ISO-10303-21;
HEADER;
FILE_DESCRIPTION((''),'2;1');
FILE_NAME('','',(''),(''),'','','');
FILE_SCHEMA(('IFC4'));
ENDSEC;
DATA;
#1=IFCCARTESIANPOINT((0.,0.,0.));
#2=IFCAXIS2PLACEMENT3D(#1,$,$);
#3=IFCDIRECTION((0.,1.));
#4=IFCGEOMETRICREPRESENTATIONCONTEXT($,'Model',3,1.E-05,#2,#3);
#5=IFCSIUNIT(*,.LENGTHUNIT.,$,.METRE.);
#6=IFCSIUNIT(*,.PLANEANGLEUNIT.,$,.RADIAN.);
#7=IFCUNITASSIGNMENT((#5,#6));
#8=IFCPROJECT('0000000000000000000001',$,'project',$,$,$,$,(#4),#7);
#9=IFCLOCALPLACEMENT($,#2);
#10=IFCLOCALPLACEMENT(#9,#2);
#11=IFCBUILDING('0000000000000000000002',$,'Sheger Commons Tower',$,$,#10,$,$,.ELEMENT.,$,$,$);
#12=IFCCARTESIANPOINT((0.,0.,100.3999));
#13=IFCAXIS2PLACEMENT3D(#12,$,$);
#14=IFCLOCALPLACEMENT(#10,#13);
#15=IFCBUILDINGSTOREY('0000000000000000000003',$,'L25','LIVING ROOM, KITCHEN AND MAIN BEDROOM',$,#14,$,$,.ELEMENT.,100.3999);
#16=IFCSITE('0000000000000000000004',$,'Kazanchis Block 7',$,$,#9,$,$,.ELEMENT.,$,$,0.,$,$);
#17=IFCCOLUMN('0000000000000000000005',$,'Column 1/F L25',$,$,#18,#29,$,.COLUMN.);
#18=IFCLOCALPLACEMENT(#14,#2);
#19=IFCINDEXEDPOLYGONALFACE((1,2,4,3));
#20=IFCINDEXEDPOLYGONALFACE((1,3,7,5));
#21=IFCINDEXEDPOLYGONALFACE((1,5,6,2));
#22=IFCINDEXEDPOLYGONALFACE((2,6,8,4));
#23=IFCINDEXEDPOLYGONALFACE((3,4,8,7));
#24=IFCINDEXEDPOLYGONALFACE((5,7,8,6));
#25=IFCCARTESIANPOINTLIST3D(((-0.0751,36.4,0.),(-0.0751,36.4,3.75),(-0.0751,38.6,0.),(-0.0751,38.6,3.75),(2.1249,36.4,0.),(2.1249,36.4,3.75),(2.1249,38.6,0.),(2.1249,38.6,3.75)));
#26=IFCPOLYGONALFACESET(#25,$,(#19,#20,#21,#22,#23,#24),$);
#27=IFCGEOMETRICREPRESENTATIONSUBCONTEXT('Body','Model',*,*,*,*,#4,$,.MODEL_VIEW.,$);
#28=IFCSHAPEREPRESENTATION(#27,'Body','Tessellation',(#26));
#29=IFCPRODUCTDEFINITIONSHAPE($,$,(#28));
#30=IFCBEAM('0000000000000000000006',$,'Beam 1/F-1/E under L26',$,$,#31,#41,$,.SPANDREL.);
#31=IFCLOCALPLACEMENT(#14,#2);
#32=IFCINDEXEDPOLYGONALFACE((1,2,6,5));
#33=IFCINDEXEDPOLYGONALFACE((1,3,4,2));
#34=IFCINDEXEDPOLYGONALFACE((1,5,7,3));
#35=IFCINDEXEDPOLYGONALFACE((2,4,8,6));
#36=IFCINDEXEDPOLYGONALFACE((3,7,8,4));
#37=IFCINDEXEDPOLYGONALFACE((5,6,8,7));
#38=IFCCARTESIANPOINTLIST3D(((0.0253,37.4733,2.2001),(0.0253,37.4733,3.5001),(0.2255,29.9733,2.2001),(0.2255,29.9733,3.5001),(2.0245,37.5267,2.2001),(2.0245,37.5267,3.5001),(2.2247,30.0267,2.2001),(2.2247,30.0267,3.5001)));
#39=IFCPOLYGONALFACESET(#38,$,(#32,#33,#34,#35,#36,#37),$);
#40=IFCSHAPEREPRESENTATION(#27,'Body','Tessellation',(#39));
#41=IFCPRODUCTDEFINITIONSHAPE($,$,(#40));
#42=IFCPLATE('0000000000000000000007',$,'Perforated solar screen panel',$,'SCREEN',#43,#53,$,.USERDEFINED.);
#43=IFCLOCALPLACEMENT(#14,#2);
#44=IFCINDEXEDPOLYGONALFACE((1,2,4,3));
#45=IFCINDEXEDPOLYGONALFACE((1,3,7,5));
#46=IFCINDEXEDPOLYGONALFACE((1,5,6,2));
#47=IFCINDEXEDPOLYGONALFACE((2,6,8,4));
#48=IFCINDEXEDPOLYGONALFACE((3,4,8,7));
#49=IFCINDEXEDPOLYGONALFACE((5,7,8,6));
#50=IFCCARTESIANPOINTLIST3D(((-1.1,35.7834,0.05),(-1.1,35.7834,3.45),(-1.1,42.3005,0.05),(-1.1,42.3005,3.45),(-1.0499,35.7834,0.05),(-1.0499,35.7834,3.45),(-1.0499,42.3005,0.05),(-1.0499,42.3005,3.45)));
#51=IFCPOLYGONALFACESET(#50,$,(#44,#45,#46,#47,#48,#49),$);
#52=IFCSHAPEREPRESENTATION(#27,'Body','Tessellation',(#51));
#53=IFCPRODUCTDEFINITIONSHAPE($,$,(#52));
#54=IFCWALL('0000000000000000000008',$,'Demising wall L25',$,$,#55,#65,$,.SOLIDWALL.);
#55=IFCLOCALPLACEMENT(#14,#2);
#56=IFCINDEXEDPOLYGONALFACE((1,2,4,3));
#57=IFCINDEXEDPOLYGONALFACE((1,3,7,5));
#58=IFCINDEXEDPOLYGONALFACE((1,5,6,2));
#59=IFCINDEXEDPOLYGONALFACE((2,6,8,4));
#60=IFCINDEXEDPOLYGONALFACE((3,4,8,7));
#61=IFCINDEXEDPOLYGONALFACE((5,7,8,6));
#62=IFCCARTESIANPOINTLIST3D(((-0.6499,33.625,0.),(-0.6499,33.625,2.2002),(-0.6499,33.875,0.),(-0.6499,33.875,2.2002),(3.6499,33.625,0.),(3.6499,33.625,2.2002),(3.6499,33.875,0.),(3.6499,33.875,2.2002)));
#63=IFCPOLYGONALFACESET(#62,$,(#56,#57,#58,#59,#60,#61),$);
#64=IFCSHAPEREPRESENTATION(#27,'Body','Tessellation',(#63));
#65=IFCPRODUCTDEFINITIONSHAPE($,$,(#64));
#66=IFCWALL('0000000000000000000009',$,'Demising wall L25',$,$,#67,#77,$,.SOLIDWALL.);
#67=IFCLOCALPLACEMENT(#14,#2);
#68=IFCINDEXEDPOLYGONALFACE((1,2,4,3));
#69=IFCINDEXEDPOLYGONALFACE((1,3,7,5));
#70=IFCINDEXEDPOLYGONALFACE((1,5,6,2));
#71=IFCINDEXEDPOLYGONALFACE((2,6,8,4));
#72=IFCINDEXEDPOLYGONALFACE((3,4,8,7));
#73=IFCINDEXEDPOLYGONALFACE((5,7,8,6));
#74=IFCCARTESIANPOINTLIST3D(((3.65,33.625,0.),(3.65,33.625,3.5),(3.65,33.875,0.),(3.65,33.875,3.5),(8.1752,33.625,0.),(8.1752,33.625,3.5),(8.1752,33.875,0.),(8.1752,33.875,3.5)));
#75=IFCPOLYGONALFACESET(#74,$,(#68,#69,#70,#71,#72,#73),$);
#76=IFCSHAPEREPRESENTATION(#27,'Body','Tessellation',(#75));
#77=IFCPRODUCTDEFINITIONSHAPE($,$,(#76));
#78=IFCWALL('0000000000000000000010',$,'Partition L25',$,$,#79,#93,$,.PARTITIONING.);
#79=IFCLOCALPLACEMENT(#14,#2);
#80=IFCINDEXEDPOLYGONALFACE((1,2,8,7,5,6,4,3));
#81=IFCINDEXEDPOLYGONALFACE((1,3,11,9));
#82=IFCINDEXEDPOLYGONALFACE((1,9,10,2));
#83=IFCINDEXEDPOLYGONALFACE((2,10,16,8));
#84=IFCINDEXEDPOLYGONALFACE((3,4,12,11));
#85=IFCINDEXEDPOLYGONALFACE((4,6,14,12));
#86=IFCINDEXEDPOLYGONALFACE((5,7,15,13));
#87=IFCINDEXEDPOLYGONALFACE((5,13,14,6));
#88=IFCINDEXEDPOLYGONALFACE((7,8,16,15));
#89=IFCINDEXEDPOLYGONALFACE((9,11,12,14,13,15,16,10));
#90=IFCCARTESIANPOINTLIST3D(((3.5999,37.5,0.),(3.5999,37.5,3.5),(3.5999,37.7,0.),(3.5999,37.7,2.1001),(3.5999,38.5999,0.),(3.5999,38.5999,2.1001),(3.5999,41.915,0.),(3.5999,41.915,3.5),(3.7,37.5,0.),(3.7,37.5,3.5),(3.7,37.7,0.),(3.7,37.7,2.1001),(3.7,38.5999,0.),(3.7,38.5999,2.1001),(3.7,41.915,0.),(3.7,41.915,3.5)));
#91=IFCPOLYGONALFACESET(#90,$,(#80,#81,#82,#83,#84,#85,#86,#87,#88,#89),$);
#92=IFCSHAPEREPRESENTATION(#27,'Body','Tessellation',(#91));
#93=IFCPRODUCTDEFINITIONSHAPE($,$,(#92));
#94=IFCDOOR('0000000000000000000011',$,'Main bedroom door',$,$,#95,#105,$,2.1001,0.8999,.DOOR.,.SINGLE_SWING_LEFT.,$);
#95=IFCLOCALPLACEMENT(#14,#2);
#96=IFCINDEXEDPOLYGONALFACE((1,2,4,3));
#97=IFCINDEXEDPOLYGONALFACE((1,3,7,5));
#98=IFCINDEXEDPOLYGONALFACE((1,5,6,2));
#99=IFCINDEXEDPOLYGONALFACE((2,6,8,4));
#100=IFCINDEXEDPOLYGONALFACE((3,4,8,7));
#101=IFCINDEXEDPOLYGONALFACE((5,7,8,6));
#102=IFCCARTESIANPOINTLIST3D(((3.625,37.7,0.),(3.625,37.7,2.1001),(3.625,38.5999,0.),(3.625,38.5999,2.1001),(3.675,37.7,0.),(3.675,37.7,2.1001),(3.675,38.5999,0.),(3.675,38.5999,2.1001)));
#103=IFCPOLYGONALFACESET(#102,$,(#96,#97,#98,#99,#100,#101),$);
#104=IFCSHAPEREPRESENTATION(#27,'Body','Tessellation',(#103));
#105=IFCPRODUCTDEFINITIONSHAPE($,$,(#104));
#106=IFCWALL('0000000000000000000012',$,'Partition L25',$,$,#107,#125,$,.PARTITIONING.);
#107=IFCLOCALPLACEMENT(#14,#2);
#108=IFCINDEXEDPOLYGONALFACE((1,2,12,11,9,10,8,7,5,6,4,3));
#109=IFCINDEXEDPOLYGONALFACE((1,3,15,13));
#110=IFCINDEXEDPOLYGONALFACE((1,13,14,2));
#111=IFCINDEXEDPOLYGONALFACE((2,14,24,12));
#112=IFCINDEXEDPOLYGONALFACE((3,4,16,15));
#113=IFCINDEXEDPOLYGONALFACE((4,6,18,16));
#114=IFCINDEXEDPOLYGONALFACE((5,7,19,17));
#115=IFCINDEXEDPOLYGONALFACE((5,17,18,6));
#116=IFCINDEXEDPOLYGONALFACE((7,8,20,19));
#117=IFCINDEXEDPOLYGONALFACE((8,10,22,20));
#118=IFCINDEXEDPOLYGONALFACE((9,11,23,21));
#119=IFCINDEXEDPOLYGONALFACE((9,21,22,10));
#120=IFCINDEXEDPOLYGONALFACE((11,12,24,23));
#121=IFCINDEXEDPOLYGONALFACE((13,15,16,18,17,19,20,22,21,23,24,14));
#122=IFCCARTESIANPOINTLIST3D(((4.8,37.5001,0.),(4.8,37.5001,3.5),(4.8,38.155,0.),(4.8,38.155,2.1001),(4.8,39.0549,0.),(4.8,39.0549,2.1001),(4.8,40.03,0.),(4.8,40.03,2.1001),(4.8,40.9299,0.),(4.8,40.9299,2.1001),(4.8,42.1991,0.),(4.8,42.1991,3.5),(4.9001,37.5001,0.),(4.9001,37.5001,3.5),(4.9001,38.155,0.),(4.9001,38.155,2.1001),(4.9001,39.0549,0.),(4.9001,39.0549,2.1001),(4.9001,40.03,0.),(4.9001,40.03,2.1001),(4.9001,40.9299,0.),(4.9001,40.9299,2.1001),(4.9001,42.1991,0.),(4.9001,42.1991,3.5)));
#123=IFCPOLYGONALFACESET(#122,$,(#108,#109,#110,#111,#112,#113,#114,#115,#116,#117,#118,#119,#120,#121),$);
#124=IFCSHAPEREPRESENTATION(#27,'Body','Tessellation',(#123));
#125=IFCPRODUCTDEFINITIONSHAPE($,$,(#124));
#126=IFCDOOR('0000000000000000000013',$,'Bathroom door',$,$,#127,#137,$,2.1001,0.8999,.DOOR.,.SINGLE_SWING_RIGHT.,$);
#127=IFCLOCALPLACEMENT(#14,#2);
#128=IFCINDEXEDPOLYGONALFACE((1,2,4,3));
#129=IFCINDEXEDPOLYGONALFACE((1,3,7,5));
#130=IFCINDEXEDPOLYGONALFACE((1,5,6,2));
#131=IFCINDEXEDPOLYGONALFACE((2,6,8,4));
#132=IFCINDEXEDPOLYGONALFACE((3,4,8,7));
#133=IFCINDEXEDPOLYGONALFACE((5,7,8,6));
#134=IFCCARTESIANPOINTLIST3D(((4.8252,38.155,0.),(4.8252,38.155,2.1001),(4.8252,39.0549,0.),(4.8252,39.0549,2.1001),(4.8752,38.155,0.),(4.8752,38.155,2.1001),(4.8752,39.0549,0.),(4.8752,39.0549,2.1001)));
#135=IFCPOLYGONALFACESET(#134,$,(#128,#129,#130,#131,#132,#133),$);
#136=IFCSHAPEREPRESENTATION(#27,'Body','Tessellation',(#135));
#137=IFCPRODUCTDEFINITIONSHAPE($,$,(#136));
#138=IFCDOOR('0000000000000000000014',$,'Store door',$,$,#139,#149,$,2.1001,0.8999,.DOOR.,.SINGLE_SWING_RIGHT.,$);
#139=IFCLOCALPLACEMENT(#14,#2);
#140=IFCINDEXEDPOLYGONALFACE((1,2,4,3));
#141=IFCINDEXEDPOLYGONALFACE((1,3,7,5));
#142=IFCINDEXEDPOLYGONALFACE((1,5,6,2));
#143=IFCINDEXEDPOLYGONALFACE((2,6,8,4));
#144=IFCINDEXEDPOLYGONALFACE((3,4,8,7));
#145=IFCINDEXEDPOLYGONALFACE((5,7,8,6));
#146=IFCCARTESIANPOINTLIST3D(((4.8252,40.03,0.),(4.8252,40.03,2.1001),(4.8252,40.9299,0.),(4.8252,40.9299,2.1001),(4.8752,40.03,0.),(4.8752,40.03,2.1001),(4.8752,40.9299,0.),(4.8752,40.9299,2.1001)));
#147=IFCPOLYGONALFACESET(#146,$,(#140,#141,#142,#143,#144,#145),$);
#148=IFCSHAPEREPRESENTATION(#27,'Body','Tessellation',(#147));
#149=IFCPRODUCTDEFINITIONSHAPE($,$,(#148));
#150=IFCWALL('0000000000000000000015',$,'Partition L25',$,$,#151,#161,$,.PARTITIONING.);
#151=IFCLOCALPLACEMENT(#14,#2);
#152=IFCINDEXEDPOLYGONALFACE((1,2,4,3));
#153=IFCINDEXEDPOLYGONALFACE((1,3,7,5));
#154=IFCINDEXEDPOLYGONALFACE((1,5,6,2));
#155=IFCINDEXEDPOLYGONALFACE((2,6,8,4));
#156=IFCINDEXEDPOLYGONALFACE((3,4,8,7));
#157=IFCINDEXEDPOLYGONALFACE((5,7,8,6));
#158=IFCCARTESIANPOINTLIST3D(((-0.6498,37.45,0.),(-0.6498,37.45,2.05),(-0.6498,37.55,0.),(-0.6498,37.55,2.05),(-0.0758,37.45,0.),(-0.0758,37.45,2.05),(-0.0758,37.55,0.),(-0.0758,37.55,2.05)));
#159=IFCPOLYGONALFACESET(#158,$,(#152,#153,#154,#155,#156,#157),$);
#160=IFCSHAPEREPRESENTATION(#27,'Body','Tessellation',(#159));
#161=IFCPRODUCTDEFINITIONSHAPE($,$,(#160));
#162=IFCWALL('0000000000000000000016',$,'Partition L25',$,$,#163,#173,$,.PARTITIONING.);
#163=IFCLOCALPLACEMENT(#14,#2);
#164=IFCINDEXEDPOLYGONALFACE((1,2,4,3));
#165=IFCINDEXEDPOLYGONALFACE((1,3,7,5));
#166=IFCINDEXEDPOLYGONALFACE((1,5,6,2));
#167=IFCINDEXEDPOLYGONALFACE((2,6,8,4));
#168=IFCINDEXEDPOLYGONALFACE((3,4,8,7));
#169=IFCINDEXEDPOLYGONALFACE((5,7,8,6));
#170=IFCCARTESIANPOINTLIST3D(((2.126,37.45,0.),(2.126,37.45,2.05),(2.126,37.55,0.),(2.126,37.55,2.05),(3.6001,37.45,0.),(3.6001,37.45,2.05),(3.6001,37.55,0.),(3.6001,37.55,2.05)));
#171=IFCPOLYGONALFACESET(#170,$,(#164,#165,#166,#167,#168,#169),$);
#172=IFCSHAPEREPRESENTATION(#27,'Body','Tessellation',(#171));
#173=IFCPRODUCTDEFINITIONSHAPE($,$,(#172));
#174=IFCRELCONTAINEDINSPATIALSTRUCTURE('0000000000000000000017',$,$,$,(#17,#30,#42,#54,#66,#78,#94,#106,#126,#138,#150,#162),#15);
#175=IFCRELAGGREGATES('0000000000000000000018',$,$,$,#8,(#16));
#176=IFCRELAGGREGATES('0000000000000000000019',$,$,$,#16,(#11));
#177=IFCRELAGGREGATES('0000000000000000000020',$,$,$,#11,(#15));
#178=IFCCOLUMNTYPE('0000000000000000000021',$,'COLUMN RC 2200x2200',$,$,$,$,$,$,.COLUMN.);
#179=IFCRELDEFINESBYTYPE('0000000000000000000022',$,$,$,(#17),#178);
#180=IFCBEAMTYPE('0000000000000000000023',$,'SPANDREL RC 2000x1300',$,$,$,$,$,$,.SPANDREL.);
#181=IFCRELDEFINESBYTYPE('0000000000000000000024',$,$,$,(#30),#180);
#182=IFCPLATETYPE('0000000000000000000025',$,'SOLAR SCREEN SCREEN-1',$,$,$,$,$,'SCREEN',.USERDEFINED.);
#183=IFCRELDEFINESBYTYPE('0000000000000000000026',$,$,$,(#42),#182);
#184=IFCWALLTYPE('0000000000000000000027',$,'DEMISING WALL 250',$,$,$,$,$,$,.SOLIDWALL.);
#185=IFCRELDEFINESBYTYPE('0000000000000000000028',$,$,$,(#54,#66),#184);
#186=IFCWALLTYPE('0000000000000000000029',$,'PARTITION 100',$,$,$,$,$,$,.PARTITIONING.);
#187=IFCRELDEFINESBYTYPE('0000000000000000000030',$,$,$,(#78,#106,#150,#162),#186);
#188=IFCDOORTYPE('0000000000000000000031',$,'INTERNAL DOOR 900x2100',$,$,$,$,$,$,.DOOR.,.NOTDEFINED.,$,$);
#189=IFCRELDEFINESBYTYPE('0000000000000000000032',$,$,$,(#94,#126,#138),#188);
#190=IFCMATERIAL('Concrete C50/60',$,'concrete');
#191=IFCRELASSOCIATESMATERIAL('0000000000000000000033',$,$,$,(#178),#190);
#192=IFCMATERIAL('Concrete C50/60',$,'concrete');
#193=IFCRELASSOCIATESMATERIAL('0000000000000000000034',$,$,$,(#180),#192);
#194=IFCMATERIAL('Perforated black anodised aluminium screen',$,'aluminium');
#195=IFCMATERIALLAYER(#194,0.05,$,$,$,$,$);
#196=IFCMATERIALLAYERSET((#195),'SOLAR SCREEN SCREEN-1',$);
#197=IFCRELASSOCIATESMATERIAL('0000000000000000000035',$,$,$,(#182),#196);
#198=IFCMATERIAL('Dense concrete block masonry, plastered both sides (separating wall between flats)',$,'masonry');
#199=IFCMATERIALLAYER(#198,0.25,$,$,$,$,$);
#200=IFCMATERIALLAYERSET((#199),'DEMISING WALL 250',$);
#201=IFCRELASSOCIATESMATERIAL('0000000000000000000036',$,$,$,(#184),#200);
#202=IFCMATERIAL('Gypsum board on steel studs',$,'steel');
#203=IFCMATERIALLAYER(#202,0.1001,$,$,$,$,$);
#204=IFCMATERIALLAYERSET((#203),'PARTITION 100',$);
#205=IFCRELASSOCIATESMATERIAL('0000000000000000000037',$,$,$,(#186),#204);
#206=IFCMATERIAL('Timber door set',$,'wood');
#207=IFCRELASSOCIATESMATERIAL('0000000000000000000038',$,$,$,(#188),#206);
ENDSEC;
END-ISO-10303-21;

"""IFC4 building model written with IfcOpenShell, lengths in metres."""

from ifc_helpers import new_model, si_unit, direction, frame, frame_2d, origin, origin_2d, place, context, subcontext, project, spatial, rectangle, extrude, material, layer, layer_set, material_profile, profile_set, type_object, element, fill, save


model = new_model("IFC4")

# Units and contexts
model_context = context("Model", 3, precision=1e-05, world=origin(), true_north=direction((0.0, 1.0)))
body_context = subcontext(model_context, "Body", "Model", "MODEL_VIEW")
ifc_project = project(units=[si_unit("LENGTHUNIT", "METRE"), si_unit("PLANEANGLEUNIT", "RADIAN")], contexts=[model_context])

# Site, building, storey
site_placement = place(None, origin())
site = spatial("IfcSite", under=ifc_project, at=site_placement, Name="Kazanchis Block 7", CompositionType="ELEMENT", RefElevation=0.0)
building_placement = place(site_placement, origin())
building = spatial("IfcBuilding", under=site, at=building_placement, Name="Sheger Commons Tower", CompositionType="ELEMENT")
storey_placement = place(building_placement, frame((0.0, 0.0, 100.3999)))
storey = spatial("IfcBuildingStorey", under=building, at=storey_placement, Name="L25", Description="LIVING ROOM, KITCHEN AND MAIN BEDROOM", CompositionType="ELEMENT", Elevation=100.3999)

# Column
ifc_material_1 = material(Name="Concrete C50/60", Category="concrete")
ifc_material_profile_1 = material_profile(ifc_material_1, rectangle(XDim=2.2, YDim=2.2, at=origin_2d()), Name="RC 2200x2200")
ifc_profile_set_1 = profile_set([ifc_material_profile_1], Name="Concrete C50/60")
column_type = type_object("IfcColumnType", Name="COLUMN RC 2200x2200", PredefinedType="COLUMN", material=ifc_profile_set_1)
column_placement = place(storey_placement, frame((1.0249, 37.5, 0.0), z_axis=(0.0, 0.0, 1.0), x_axis=(1.0, 0.0, 0.0)))
element("IfcColumn", 1, at=column_placement, inside=storey, type_object=column_type, Name="Column 1/F L25", PredefinedType="COLUMN", context=body_context, shape_type="SweptSolid", body=[
    extrude(rectangle(XDim=2.2, YDim=2.2, at=origin_2d()), origin(), (0.0, 0.0, 1.0), 3.75),
])

# Beam
ifc_material_2 = material(Name="Concrete C50/60", Category="concrete")
ifc_material_profile_2 = material_profile(ifc_material_2, rectangle(XDim=2.0, YDim=1.3, at=origin_2d()), Name="RC 2000x1300")
ifc_profile_set_2 = profile_set([ifc_material_profile_2], Name="Concrete C50/60")
beam_type = type_object("IfcBeamType", Name="SPANDREL RC 2000x1300", PredefinedType="SPANDREL", material=ifc_profile_set_2)
beam_placement = place(storey_placement, frame((1.0249, 37.5, 2.8501), z_axis=(0.026683, -0.999644, 0.0), x_axis=(0.999644, 0.026683, 0.0)))
element("IfcBeam", 2, at=beam_placement, inside=storey, type_object=beam_type, Name="Beam 1/F-1/E under L26", PredefinedType="SPANDREL", context=body_context, shape_type="SweptSolid", body=[
    extrude(rectangle(XDim=2.0, YDim=1.3, at=origin_2d()), origin(), (0.0, 0.0, 1.0), 7.5027),
])

# Plate
ifc_material_3 = material(Name="Perforated black anodised aluminium screen", Category="aluminium")
ifc_layer_1 = layer(ifc_material_3, 0.05)
ifc_layer_set_1 = layer_set([ifc_layer_1], Name="SOLAR SCREEN SCREEN-1")
plate_type = type_object("IfcPlateType", Name="SOLAR SCREEN SCREEN-1", ElementType="SCREEN", PredefinedType="USERDEFINED", material=ifc_layer_set_1)
plate_placement = place(storey_placement, frame((-1.075, 39.042, 0.05), z_axis=(0.0, 0.0, 1.0), x_axis=(0.0, -1.0, 0.0)))
element("IfcPlate", 3, at=plate_placement, inside=storey, type_object=plate_type, Name="Perforated solar screen panel", ObjectType="SCREEN", PredefinedType="USERDEFINED", context=body_context, shape_type="SweptSolid", body=[
    extrude(rectangle(XDim=6.5171, YDim=0.05, at=origin_2d()), origin(), (0.0, 0.0, 1.0), 3.3999),
])

# Walls
ifc_material_4 = material(Name="Dense concrete block masonry, plastered both sides (separating wall between flats)", Category="masonry")
ifc_layer_2 = layer(ifc_material_4, 0.25)
ifc_layer_set_2 = layer_set([ifc_layer_2], Name="DEMISING WALL 250")
wall_type_1 = type_object("IfcWallType", Name="DEMISING WALL 250", PredefinedType="SOLIDWALL", material=ifc_layer_set_2)
wall_1_placement = place(storey_placement, frame((-0.6499, 33.75, 0.0), z_axis=(0.0, 0.0, 1.0), x_axis=(1.0, 0.0, 0.0)))
element("IfcWall", 4, at=wall_1_placement, inside=storey, type_object=wall_type_1, Name="Demising wall L25", PredefinedType="SOLIDWALL", context=body_context, shape_type="SweptSolid", body=[
    extrude(rectangle(XDim=4.2998, YDim=0.25, at=frame_2d((2.1499, 0.0))), origin(), (0.0, 0.0, 1.0), 2.2002),
])
wall_2_placement = place(storey_placement, frame((3.6499, 33.75, 0.0), z_axis=(0.0, 0.0, 1.0), x_axis=(1.0, 0.0, 0.0)))
element("IfcWall", 5, at=wall_2_placement, inside=storey, type_object=wall_type_1, Name="Demising wall L25", PredefinedType="SOLIDWALL", context=body_context, shape_type="SweptSolid", body=[
    extrude(rectangle(XDim=4.5251, YDim=0.25, at=frame_2d((2.2627, 0.0))), origin(), (0.0, 0.0, 1.0), 3.5),
])

# Wall, opening, door
ifc_material_5 = material(Name="Gypsum board on steel studs", Category="steel")
ifc_layer_3 = layer(ifc_material_5, 0.1001)
ifc_layer_set_3 = layer_set([ifc_layer_3], Name="PARTITION 100")
wall_type_2 = type_object("IfcWallType", Name="PARTITION 100", PredefinedType="PARTITIONING", material=ifc_layer_set_3)
wall_3_placement = place(storey_placement, frame((3.6499, 37.5, 0.0), z_axis=(0.0, 0.0, 1.0), x_axis=(0.0, 1.0, 0.0)))
wall_3 = element("IfcWall", 6, at=wall_3_placement, inside=storey, type_object=wall_type_2, Name="Partition L25", PredefinedType="PARTITIONING", context=body_context, shape_type="SweptSolid", body=[
    extrude(rectangle(XDim=4.415, YDim=0.1001, at=frame_2d((2.2075, 0.0))), origin(), (0.0, 0.0, 1.0), 3.5),
])
opening_1_placement = place(wall_3_placement, frame((0.2, 0.0, 0.0)))
opening_1 = element("IfcOpeningElement", 7, at=opening_1_placement, cuts=wall_3, PredefinedType="OPENING", context=body_context, shape_type="SweptSolid", body=[
    extrude(rectangle(XDim=0.8999, YDim=2.1001, at=frame_2d((0.45, 1.05))), frame((0.0, 0.0601, 0.0), z_axis=(0.0, -1.0, 0.0), x_axis=(1.0, 0.0, 0.0)), (0.0, 0.0, 1.0), 0.1201),
])
ifc_material_6 = material(Name="Timber door set", Category="wood")
door_type = type_object("IfcDoorType", Name="INTERNAL DOOR 900x2100", OperationType="NOTDEFINED", PredefinedType="DOOR", material=ifc_material_6)
door_1_placement = place(opening_1_placement, origin())
door_1 = element("IfcDoor", 8, at=door_1_placement, inside=storey, type_object=door_type, Name="Main bedroom door", OperationType="SINGLE_SWING_LEFT", OverallHeight=2.1001, OverallWidth=0.8999, PredefinedType="DOOR", context=body_context, shape_type="SweptSolid", body=[
    extrude(rectangle(XDim=0.8999, YDim=2.1001, at=frame_2d((0.45, 1.05))), frame((0.0, 0.0249, 0.0), z_axis=(0.0, -1.0, 0.0), x_axis=(1.0, 0.0, 0.0)), (0.0, 0.0, 1.0), 0.05),
])
fill(opening_1, door_1)

# Wall, openings, doors
wall_4_placement = place(storey_placement, frame((4.8501, 37.5, 0.0), z_axis=(0.0, 0.0, 1.0), x_axis=(0.0, 1.0, 0.0)))
wall_4 = element("IfcWall", 9, at=wall_4_placement, inside=storey, type_object=wall_type_2, Name="Partition L25", PredefinedType="PARTITIONING", context=body_context, shape_type="SweptSolid", body=[
    extrude(rectangle(XDim=4.699, YDim=0.1001, at=frame_2d((2.3496, 0.0))), origin(), (0.0, 0.0, 1.0), 3.5),
])
opening_2_placement = place(wall_4_placement, frame((0.655, 0.0, 0.0)))
opening_2 = element("IfcOpeningElement", 10, at=opening_2_placement, cuts=wall_4, PredefinedType="OPENING", context=body_context, shape_type="SweptSolid", body=[
    extrude(rectangle(XDim=0.8999, YDim=2.1001, at=frame_2d((0.45, 1.05))), frame((0.0, 0.0601, 0.0), z_axis=(0.0, -1.0, 0.0), x_axis=(1.0, 0.0, 0.0)), (0.0, 0.0, 1.0), 0.1201),
])
opening_3_placement = place(wall_4_placement, frame((2.53, 0.0, 0.0)))
opening_3 = element("IfcOpeningElement", 11, at=opening_3_placement, cuts=wall_4, PredefinedType="OPENING", context=body_context, shape_type="SweptSolid", body=[
    extrude(rectangle(XDim=0.8999, YDim=2.1001, at=frame_2d((0.45, 1.05))), frame((0.0, 0.0601, 0.0), z_axis=(0.0, -1.0, 0.0), x_axis=(1.0, 0.0, 0.0)), (0.0, 0.0, 1.0), 0.1201),
])
door_2_placement = place(opening_2_placement, origin())
door_2 = element("IfcDoor", 12, at=door_2_placement, inside=storey, type_object=door_type, Name="Bathroom door", OperationType="SINGLE_SWING_RIGHT", OverallHeight=2.1001, OverallWidth=0.8999, PredefinedType="DOOR", context=body_context, shape_type="SweptSolid", body=[
    extrude(rectangle(XDim=0.8999, YDim=2.1001, at=frame_2d((0.45, 1.05))), frame((0.0, 0.0249, 0.0), z_axis=(0.0, -1.0, 0.0), x_axis=(1.0, 0.0, 0.0)), (0.0, 0.0, 1.0), 0.05),
])
fill(opening_2, door_2)
door_3_placement = place(opening_3_placement, origin())
door_3 = element("IfcDoor", 13, at=door_3_placement, inside=storey, type_object=door_type, Name="Store door", OperationType="SINGLE_SWING_RIGHT", OverallHeight=2.1001, OverallWidth=0.8999, PredefinedType="DOOR", context=body_context, shape_type="SweptSolid", body=[
    extrude(rectangle(XDim=0.8999, YDim=2.1001, at=frame_2d((0.45, 1.05))), frame((0.0, 0.0249, 0.0), z_axis=(0.0, -1.0, 0.0), x_axis=(1.0, 0.0, 0.0)), (0.0, 0.0, 1.0), 0.05),
])
fill(opening_3, door_3)

# Walls
wall_5_placement = place(storey_placement, frame((-0.6499, 37.5, 0.0), z_axis=(0.0, 0.0, 1.0), x_axis=(1.0, 0.0, 0.0)))
element("IfcWall", 14, at=wall_5_placement, inside=storey, type_object=wall_type_2, Name="Partition L25", PredefinedType="PARTITIONING", context=body_context, shape_type="SweptSolid", body=[
    extrude(rectangle(XDim=0.574, YDim=0.1001, at=frame_2d((0.2871, 0.0))), origin(), (0.0, 0.0, 1.0), 2.05),
])
wall_6_placement = place(storey_placement, frame((2.126, 37.5, 0.0), z_axis=(0.0, 0.0, 1.0), x_axis=(1.0, 0.0, 0.0)))
element("IfcWall", 15, at=wall_6_placement, inside=storey, type_object=wall_type_2, Name="Partition L25", PredefinedType="PARTITIONING", context=body_context, shape_type="SweptSolid", body=[
    extrude(rectangle(XDim=1.4741, YDim=0.1001, at=frame_2d((0.7371, 0.0))), origin(), (0.0, 0.0, 1.0), 2.05),
])

save(model, "model.ifc")
